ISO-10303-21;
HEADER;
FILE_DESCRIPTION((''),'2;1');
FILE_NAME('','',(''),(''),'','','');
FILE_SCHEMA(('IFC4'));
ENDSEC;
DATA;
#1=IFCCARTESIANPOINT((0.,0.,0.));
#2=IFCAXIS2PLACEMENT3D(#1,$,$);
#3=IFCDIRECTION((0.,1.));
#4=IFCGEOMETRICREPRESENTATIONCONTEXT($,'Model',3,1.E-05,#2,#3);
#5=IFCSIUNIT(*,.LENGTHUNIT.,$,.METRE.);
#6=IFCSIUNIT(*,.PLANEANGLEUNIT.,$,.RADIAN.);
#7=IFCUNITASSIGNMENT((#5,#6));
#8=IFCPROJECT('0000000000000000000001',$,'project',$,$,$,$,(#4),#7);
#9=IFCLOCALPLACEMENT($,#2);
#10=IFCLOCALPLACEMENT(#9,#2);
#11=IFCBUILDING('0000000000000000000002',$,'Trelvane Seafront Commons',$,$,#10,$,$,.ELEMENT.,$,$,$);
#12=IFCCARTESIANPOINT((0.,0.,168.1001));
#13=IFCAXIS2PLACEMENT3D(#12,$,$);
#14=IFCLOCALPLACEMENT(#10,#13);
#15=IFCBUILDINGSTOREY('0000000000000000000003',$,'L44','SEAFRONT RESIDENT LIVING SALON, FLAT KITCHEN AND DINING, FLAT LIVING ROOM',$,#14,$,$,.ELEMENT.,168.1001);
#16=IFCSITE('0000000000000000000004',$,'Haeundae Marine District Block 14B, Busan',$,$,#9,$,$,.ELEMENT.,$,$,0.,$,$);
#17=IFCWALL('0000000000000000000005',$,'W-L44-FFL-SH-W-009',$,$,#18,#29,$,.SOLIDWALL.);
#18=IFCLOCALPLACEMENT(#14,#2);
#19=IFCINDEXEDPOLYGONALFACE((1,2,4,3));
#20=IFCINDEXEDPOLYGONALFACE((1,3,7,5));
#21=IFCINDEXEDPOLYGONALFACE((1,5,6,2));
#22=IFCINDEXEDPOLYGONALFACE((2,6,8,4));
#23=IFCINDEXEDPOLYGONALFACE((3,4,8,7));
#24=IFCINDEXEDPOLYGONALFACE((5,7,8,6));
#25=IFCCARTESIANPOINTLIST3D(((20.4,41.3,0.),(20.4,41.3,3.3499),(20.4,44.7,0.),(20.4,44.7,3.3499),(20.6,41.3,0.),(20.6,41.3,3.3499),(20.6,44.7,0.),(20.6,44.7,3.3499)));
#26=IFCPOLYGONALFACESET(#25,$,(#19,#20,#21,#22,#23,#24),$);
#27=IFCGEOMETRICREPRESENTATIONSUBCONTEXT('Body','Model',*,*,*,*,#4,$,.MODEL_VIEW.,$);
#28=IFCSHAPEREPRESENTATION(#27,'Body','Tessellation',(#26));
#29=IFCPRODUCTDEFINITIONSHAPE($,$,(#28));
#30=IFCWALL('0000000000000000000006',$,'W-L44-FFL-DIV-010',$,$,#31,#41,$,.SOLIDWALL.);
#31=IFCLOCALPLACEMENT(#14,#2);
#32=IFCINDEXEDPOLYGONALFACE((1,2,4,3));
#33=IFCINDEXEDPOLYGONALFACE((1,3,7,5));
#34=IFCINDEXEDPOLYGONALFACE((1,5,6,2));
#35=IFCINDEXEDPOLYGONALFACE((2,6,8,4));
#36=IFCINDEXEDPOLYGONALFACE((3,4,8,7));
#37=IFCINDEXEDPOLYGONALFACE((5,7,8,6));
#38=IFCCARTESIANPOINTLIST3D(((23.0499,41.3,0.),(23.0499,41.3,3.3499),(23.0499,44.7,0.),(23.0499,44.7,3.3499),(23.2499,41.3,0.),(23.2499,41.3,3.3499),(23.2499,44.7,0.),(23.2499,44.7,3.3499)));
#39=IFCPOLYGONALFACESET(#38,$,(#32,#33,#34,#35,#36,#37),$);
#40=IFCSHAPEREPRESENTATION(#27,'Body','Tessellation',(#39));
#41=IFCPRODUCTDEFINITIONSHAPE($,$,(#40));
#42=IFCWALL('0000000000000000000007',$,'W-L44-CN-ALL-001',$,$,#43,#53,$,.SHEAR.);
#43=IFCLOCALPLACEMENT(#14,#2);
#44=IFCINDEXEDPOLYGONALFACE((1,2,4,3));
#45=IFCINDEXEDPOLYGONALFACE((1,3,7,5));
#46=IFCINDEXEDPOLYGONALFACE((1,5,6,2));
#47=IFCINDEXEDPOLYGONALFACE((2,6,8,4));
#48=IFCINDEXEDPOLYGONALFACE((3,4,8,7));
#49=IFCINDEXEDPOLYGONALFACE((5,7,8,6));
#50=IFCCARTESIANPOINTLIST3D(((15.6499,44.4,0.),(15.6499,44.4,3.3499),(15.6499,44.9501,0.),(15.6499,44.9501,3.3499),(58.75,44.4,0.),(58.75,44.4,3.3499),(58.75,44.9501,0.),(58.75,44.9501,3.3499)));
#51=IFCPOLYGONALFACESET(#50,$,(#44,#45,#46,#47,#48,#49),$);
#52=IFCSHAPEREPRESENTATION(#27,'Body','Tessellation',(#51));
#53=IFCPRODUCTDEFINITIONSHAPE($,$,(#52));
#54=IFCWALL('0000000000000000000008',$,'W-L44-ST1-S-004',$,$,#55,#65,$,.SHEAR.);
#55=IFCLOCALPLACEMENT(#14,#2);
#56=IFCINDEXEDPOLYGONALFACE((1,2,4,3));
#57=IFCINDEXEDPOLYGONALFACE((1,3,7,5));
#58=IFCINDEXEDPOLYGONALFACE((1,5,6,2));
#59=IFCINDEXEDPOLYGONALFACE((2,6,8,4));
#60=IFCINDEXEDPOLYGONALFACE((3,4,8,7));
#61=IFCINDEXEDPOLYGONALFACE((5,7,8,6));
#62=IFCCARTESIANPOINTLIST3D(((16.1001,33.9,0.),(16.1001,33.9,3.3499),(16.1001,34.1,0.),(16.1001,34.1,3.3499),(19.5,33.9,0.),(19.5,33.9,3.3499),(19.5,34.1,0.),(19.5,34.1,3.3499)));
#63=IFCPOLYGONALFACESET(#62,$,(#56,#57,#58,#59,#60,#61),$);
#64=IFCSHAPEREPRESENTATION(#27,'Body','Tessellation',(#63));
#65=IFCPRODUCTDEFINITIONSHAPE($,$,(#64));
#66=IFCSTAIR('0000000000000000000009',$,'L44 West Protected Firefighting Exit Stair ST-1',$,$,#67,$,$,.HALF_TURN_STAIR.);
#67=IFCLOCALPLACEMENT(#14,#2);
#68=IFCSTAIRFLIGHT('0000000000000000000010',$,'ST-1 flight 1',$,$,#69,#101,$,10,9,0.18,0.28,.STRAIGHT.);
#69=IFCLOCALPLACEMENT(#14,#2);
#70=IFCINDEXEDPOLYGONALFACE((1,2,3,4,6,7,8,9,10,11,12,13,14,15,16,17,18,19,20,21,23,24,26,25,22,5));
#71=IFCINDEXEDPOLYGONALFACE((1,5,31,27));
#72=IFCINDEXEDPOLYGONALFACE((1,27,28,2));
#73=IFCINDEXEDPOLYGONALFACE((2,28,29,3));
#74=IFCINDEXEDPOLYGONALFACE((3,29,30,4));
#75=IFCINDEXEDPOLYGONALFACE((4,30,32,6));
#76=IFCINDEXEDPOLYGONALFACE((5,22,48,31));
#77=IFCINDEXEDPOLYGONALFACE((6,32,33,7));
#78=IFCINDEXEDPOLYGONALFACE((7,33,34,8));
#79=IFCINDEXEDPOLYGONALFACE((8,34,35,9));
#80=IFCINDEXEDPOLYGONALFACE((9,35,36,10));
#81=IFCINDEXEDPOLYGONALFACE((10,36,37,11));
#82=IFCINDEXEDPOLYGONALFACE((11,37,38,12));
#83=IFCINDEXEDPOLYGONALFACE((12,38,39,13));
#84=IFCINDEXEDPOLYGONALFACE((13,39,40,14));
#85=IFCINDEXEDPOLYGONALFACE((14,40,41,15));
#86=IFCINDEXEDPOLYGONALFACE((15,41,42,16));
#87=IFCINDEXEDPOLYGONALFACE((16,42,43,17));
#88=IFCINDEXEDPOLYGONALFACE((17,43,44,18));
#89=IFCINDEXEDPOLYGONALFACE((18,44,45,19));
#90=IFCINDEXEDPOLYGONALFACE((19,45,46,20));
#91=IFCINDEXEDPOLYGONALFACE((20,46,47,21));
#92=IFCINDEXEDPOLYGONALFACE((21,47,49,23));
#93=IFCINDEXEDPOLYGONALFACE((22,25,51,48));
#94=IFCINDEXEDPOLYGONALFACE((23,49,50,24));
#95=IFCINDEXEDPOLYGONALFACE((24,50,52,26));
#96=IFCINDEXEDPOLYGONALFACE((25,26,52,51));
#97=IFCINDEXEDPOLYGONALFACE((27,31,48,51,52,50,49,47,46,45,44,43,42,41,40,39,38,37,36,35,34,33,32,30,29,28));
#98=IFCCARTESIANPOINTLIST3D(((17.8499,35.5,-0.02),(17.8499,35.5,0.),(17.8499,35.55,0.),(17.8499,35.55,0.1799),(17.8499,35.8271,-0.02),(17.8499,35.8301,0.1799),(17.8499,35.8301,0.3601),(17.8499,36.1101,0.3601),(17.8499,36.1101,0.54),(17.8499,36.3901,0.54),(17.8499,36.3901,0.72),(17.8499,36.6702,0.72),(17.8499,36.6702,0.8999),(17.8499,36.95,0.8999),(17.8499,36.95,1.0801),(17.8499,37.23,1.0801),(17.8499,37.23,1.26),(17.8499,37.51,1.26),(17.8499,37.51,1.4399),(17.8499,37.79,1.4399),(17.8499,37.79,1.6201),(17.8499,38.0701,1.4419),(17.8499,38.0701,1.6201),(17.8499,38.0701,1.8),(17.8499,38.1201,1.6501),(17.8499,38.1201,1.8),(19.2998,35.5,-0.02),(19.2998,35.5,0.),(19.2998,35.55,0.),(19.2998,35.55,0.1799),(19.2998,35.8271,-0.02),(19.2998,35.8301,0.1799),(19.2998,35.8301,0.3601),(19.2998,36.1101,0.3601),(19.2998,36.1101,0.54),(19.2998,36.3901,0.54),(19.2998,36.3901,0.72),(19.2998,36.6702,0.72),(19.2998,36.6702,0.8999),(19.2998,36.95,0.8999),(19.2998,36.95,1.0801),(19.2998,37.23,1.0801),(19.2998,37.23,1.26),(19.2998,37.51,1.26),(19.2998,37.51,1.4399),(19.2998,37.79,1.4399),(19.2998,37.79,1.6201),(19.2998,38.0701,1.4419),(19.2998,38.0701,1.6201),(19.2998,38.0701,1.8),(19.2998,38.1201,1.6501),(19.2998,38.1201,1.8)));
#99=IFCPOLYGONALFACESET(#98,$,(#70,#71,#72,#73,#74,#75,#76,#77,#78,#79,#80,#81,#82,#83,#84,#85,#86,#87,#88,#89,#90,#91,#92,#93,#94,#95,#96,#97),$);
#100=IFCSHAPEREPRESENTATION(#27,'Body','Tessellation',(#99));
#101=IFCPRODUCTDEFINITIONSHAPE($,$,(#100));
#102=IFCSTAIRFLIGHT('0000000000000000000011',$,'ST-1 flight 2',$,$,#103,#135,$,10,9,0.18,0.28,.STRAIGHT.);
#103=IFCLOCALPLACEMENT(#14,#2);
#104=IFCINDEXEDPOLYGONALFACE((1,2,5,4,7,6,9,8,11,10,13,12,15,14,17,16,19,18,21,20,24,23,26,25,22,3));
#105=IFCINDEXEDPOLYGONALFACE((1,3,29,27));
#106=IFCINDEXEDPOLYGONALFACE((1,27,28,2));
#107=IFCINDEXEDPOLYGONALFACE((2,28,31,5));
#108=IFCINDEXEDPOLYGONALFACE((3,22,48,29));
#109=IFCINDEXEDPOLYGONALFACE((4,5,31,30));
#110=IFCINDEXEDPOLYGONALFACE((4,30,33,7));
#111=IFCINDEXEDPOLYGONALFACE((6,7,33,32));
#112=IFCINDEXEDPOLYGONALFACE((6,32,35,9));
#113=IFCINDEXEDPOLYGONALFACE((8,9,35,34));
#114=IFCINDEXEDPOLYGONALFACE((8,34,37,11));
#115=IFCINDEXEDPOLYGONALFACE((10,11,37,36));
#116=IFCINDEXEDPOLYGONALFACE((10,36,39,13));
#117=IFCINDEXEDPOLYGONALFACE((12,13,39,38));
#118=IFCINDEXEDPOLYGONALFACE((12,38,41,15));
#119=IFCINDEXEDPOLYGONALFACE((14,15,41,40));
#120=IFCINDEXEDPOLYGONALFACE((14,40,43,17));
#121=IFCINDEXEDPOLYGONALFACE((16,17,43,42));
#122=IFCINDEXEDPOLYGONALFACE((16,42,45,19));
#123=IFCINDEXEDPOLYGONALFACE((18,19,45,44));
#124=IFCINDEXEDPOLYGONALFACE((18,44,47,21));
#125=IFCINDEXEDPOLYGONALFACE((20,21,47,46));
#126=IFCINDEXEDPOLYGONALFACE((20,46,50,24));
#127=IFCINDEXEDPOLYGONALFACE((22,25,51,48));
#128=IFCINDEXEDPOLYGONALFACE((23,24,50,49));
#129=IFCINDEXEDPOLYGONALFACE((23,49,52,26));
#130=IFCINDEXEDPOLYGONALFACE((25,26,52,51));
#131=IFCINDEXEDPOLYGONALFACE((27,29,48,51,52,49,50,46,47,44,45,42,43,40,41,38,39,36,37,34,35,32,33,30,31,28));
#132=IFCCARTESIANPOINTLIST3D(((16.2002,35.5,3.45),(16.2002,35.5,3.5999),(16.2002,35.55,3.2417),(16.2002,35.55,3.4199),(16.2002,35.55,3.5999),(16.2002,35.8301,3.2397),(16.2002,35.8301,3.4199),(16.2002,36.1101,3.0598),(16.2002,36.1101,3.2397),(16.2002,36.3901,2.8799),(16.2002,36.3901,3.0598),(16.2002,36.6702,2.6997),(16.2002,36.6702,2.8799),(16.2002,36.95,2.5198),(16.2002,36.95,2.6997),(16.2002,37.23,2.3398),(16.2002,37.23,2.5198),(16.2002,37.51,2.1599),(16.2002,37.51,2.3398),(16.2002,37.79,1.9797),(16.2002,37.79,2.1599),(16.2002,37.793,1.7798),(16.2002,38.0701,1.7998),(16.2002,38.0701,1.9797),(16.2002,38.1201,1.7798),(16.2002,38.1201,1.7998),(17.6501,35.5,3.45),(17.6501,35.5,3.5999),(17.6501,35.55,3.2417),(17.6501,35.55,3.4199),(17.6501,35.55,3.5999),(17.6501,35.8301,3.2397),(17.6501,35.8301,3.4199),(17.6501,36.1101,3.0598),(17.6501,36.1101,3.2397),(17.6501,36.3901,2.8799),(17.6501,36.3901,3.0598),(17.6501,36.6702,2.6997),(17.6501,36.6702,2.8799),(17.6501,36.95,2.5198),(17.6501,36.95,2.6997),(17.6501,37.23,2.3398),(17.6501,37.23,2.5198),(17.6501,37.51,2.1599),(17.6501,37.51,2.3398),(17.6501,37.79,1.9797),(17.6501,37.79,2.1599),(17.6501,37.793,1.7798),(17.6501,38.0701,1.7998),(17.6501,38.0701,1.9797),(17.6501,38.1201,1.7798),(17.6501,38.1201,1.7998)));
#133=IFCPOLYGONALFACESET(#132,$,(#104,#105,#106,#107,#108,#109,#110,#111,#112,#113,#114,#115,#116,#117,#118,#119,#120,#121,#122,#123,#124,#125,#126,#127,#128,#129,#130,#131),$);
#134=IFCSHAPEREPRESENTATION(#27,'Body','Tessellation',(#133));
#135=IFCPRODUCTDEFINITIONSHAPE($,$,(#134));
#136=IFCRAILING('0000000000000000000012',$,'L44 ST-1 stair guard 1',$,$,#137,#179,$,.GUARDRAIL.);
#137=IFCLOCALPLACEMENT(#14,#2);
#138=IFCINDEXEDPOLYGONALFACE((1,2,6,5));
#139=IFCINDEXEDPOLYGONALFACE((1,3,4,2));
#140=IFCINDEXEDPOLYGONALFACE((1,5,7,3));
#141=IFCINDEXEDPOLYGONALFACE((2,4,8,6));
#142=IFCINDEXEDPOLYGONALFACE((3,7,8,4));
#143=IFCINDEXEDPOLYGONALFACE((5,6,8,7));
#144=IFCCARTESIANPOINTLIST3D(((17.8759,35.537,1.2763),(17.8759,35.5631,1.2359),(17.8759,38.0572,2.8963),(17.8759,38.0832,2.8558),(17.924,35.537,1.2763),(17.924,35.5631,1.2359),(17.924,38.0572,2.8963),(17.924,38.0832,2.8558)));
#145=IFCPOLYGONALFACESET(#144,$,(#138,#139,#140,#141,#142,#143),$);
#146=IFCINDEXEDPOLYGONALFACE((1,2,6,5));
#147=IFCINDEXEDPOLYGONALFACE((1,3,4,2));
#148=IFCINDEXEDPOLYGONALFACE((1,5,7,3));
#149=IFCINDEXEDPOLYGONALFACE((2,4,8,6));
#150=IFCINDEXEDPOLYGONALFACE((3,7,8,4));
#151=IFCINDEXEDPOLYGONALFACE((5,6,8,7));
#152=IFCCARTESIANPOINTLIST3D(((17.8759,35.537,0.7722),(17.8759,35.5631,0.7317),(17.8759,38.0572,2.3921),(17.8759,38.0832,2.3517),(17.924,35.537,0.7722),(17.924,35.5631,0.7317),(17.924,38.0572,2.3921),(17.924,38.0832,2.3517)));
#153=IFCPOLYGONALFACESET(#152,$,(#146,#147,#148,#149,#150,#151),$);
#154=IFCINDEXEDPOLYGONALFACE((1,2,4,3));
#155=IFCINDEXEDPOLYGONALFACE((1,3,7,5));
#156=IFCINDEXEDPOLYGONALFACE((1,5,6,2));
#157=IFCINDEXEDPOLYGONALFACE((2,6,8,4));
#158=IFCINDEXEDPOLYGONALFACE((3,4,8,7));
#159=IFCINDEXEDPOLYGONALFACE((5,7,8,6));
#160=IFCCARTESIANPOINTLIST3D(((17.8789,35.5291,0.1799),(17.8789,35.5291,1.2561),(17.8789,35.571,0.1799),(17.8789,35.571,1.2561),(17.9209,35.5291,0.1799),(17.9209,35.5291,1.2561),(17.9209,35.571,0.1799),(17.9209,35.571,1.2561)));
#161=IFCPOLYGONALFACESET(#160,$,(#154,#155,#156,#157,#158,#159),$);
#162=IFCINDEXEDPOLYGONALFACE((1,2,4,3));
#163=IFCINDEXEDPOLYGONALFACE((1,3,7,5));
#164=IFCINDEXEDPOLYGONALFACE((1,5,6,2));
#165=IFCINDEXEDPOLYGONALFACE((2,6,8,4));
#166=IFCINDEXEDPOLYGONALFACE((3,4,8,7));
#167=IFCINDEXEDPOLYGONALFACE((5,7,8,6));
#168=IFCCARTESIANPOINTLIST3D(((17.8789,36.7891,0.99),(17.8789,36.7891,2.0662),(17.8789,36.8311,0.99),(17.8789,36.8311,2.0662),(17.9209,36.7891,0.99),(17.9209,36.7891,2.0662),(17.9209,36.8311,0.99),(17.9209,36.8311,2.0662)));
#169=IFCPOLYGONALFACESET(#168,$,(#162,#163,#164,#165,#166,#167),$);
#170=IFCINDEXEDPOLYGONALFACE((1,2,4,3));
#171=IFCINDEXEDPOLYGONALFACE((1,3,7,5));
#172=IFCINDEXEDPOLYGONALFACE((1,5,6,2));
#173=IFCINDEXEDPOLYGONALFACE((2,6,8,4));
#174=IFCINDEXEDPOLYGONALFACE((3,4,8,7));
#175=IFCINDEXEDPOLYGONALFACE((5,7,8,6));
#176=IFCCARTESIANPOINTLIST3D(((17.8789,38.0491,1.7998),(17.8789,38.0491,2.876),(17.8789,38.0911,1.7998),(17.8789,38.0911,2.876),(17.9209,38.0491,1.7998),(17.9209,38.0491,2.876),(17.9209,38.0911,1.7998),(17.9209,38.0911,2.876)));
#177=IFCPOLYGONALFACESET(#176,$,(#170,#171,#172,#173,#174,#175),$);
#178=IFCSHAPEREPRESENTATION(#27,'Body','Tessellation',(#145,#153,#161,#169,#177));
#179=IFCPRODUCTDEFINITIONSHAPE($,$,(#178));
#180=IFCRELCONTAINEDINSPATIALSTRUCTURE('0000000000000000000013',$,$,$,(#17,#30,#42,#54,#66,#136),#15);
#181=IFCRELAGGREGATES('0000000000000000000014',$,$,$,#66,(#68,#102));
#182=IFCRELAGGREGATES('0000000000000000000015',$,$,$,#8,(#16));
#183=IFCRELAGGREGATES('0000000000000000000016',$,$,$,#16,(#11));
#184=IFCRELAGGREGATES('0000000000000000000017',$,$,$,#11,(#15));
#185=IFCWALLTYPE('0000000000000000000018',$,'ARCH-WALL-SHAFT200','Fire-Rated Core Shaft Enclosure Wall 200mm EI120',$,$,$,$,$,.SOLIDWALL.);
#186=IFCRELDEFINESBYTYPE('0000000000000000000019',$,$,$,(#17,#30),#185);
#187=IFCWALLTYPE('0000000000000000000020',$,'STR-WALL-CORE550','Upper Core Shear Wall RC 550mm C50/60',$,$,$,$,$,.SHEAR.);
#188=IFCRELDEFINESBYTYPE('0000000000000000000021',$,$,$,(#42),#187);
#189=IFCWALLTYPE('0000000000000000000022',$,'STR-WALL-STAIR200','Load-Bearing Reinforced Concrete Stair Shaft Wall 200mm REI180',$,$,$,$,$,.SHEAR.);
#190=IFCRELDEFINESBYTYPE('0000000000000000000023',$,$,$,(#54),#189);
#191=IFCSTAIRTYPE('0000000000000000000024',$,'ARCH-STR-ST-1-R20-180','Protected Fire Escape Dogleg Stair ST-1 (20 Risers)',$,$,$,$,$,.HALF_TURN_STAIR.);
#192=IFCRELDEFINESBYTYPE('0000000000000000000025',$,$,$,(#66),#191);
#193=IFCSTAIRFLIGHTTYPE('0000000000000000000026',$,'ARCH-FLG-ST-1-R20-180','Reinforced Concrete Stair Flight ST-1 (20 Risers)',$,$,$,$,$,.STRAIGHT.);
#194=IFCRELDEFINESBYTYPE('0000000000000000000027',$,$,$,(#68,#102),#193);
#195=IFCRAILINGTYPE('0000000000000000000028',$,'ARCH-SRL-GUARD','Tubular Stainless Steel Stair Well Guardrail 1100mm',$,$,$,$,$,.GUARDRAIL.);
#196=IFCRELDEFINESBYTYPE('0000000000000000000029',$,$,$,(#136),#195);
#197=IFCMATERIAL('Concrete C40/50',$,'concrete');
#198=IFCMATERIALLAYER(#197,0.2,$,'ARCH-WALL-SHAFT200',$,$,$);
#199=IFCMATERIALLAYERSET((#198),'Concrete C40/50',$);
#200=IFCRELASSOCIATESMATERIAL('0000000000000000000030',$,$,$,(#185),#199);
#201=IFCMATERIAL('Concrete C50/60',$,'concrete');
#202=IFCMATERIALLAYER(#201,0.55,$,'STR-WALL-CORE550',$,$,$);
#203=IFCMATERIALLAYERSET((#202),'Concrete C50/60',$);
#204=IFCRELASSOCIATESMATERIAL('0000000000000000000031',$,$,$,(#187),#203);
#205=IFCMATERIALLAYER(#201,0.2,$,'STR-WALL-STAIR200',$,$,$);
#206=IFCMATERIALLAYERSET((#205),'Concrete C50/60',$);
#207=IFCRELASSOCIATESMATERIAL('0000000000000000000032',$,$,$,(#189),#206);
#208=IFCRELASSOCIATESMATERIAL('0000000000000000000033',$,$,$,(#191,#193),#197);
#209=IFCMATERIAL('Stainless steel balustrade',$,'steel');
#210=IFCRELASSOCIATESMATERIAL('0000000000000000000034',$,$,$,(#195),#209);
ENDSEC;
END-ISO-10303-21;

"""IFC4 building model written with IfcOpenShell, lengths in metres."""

from ifc_helpers import new_model, si_unit, direction, frame, frame_2d, origin, origin_2d, place, context, subcontext, project, spatial, polyline, rectangle, outline, extrude, source, transform, mapped, material, layer, layer_set, type_object, element, aggregate, save


model = new_model("IFC4")

# Units and contexts
model_context = context("Model", 3, precision=1e-05, world=origin(), true_north=direction((0.0, 1.0)))
body_context = subcontext(model_context, "Body", "Model", "MODEL_VIEW")
ifc_project = project(units=[si_unit("LENGTHUNIT", "METRE"), si_unit("PLANEANGLEUNIT", "RADIAN")], contexts=[model_context])

# Site, building, storey
site_placement = place(None, origin())
site = spatial("IfcSite", under=ifc_project, at=site_placement, Name="Haeundae Marine District Block 14B, Busan", CompositionType="ELEMENT", RefElevation=0.0)
building_placement = place(site_placement, origin())
building = spatial("IfcBuilding", under=site, at=building_placement, Name="Trelvane Seafront Commons", CompositionType="ELEMENT")
storey_placement = place(building_placement, frame((0.0, 0.0, 168.1001)))
storey = spatial("IfcBuildingStorey", under=building, at=storey_placement, Name="L44", Description="SEAFRONT RESIDENT LIVING SALON, FLAT KITCHEN AND DINING, FLAT LIVING ROOM", CompositionType="ELEMENT", Elevation=168.1001)

# Shared definitions
ifc_material_1 = material(Name="Concrete C50/60", Category="concrete")

# Shared definitions
ifc_material_2 = material(Name="Concrete C40/50", Category="concrete")
ifc_layer_1 = layer(ifc_material_2, 0.2, Name="ARCH-WALL-SHAFT200")
ifc_layer_set_1 = layer_set([ifc_layer_1], Name="Concrete C40/50")
wall_type_1 = type_object("IfcWallType", Name="ARCH-WALL-SHAFT200", Description="Fire-Rated Core Shaft Enclosure Wall 200mm EI120", PredefinedType="SOLIDWALL", material=ifc_layer_set_1)
ifc_material_3 = material(Name="Stainless steel balustrade", Category="steel")

# Walls
for number, where, z_axis, x_axis, name in (
    (1, (20.5, 41.3, 0.0), (0.0, 0.0, 1.0), (0.0, 1.0, 0.0), "W-L44-FFL-SH-W-009"),
    (2, (23.1499, 41.3, 0.0), (0.0, 0.0, 1.0), (0.0, 1.0, 0.0), "W-L44-FFL-DIV-010"),
):
    element("IfcWall", number, at=place(storey_placement, frame(where, z_axis=z_axis, x_axis=x_axis)), inside=storey, type_object=wall_type_1, Name=name, PredefinedType="SOLIDWALL", context=body_context, shape_type="SweptSolid", body=[
        extrude(rectangle(XDim=3.3999, YDim=0.2, at=frame_2d((1.7, 0.0))), origin(), (0.0, 0.0, 1.0), 3.3499),
    ])
ifc_layer_2 = layer(ifc_material_1, 0.55, Name="STR-WALL-CORE550")
ifc_layer_set_2 = layer_set([ifc_layer_2], Name="Concrete C50/60")
wall_type_2 = type_object("IfcWallType", Name="STR-WALL-CORE550", Description="Upper Core Shear Wall RC 550mm C50/60", PredefinedType="SHEAR", material=ifc_layer_set_2)
wall_1_placement = place(storey_placement, frame((15.6499, 44.675, 0.0), z_axis=(0.0, 0.0, 1.0), x_axis=(1.0, 0.0, 0.0)))
element("IfcWall", 3, at=wall_1_placement, inside=storey, type_object=wall_type_2, Name="W-L44-CN-ALL-001", PredefinedType="SHEAR", context=body_context, shape_type="SweptSolid", body=[
    extrude(rectangle(XDim=43.1001, YDim=0.55, at=frame_2d((21.55, 0.0))), origin(), (0.0, 0.0, 1.0), 3.3499),
])
ifc_layer_3 = layer(ifc_material_1, 0.2, Name="STR-WALL-STAIR200")
ifc_layer_set_3 = layer_set([ifc_layer_3], Name="Concrete C50/60")
wall_type_3 = type_object("IfcWallType", Name="STR-WALL-STAIR200", Description="Load-Bearing Reinforced Concrete Stair Shaft Wall 200mm REI180", PredefinedType="SHEAR", material=ifc_layer_set_3)
wall_2_placement = place(storey_placement, frame((16.1001, 34.0, 0.0), z_axis=(0.0, 0.0, 1.0), x_axis=(1.0, 0.0, 0.0)))
element("IfcWall", 4, at=wall_2_placement, inside=storey, type_object=wall_type_3, Name="W-L44-ST1-S-004", PredefinedType="SHEAR", context=body_context, shape_type="SweptSolid", body=[
    extrude(rectangle(XDim=3.3999, YDim=0.2, at=frame_2d((1.7, 0.0))), origin(), (0.0, 0.0, 1.0), 3.3499),
])

# Stair, stair flights
stair_type = type_object("IfcStairType", Name="ARCH-STR-ST-1-R20-180", Description="Protected Fire Escape Dogleg Stair ST-1 (20 Risers)", PredefinedType="HALF_TURN_STAIR", material=ifc_material_2)
stair_placement = place(storey_placement, origin())
stair = element("IfcStair", 5, at=stair_placement, inside=storey, type_object=stair_type, Name="L44 West Protected Firefighting Exit Stair ST-1", PredefinedType="HALF_TURN_STAIR")
stair_flight_type = type_object("IfcStairFlightType", Name="ARCH-FLG-ST-1-R20-180", Description="Reinforced Concrete Stair Flight ST-1 (20 Risers)", PredefinedType="STRAIGHT", material=ifc_material_2)
shared_shape_1 = source(origin(), body_context, "Body", "SweptSolid", [
    extrude(outline(polyline([(-0.05, -0.02), (-0.05, 0.0), (0.0, 0.0), (0.0, 0.1799), (0.28, 0.1799), (0.28, 0.3601), (0.5601, 0.3601), (0.5601, 0.54), (0.8401, 0.54), (0.8401, 0.72), (1.1201, 0.72), (1.1201, 0.8999), (1.3999, 0.8999), (1.3999, 1.0801), (1.6799, 1.0801), (1.6799, 1.26), (1.96, 1.26), (1.96, 1.4399), (2.24, 1.4399), (2.24, 1.6201), (2.52, 1.6201), (2.52, 1.8), (2.5701, 1.8), (2.5701, 1.6501), (2.52, 1.4419), (0.2771, -0.02), (-0.05, -0.02)])), frame((0.0, 0.7251, 0.0), z_axis=(0.0, -1.0, 0.0), x_axis=(1.0, 0.0, 0.0)), (0.0, 0.0, 1.0), 1.45),
])
stair_flight_1_placement = place(storey_placement, frame((18.575, 35.55, 0.0), z_axis=(0.0, 0.0, 1.0), x_axis=(0.0, 1.0, 0.0)))
stair_flight_1 = element("IfcStairFlight", 6, at=stair_flight_1_placement, type_object=stair_flight_type, Name="ST-1 flight 1", NumberOfRisers=10, NumberOfTreads=9, PredefinedType="STRAIGHT", RiserHeight=0.18, TreadLength=0.28, context=body_context, shape_type="MappedRepresentation", body=[
    mapped(shared_shape_1, transform((0.0, 0.0, 0.0), x_axis=(1.0, 0.0, 0.0), y_axis=(0.0, 1.0, 0.0), z_axis=(0.0, 0.0, 1.0), scale=1.0)),
])
stair_flight_2_placement = place(storey_placement, frame((16.925, 38.0701, 1.7998), z_axis=(0.0, 0.0, 1.0), x_axis=(0.0, -1.0, 0.0)))
stair_flight_2 = element("IfcStairFlight", 7, at=stair_flight_2_placement, type_object=stair_flight_type, Name="ST-1 flight 2", NumberOfRisers=10, NumberOfTreads=9, PredefinedType="STRAIGHT", RiserHeight=0.18, TreadLength=0.28, context=body_context, shape_type="MappedRepresentation", body=[
    mapped(shared_shape_1, transform((0.0, 0.0, 0.0), x_axis=(1.0, 0.0, 0.0), y_axis=(0.0, 1.0, 0.0), z_axis=(0.0, 0.0, 1.0), scale=1.0)),
])
aggregate(stair, [stair_flight_1, stair_flight_2])

# Railing
railing_type_1 = type_object("IfcRailingType", Name="ARCH-SRL-GUARD", Description="Tubular Stainless Steel Stair Well Guardrail 1100mm", PredefinedType="GUARDRAIL", material=ifc_material_3)
railing_1_placement = place(storey_placement, frame((17.8999, 35.55, 0.1799)))
element("IfcRailing", 8, at=railing_1_placement, inside=storey, type_object=railing_type_1, Name="L44 ST-1 stair guard 1", PredefinedType="GUARDRAIL", context=body_context, shape_type="SweptSolid", body=[
    extrude(rectangle(XDim=0.0481, YDim=0.0481, at=origin_2d()), frame((0.0, 0.0, 1.0762), z_axis=(0.0, 0.8412, 0.540725), x_axis=(-1.0, 0.0, 0.0)), (0.0, 0.0, 1.0), 2.9958),
    extrude(rectangle(XDim=0.0481, YDim=0.0481, at=origin_2d()), frame((0.0, 0.0, 0.572), z_axis=(0.0, 0.8412, 0.540725), x_axis=(-1.0, 0.0, 0.0)), (0.0, 0.0, 1.0), 2.9958),
    extrude(rectangle(XDim=0.042, YDim=0.042, at=origin_2d()), origin(), (0.0, 0.0, 1.0), 1.0762),
    extrude(rectangle(XDim=0.042, YDim=0.042, at=origin_2d()), frame((0.0, 1.26, 0.8101)), (0.0, 0.0, 1.0), 1.0762),
    extrude(rectangle(XDim=0.042, YDim=0.042, at=origin_2d()), frame((0.0, 2.52, 1.6199)), (0.0, 0.0, 1.0), 1.0762),
])

save(model, "model.ifc")
